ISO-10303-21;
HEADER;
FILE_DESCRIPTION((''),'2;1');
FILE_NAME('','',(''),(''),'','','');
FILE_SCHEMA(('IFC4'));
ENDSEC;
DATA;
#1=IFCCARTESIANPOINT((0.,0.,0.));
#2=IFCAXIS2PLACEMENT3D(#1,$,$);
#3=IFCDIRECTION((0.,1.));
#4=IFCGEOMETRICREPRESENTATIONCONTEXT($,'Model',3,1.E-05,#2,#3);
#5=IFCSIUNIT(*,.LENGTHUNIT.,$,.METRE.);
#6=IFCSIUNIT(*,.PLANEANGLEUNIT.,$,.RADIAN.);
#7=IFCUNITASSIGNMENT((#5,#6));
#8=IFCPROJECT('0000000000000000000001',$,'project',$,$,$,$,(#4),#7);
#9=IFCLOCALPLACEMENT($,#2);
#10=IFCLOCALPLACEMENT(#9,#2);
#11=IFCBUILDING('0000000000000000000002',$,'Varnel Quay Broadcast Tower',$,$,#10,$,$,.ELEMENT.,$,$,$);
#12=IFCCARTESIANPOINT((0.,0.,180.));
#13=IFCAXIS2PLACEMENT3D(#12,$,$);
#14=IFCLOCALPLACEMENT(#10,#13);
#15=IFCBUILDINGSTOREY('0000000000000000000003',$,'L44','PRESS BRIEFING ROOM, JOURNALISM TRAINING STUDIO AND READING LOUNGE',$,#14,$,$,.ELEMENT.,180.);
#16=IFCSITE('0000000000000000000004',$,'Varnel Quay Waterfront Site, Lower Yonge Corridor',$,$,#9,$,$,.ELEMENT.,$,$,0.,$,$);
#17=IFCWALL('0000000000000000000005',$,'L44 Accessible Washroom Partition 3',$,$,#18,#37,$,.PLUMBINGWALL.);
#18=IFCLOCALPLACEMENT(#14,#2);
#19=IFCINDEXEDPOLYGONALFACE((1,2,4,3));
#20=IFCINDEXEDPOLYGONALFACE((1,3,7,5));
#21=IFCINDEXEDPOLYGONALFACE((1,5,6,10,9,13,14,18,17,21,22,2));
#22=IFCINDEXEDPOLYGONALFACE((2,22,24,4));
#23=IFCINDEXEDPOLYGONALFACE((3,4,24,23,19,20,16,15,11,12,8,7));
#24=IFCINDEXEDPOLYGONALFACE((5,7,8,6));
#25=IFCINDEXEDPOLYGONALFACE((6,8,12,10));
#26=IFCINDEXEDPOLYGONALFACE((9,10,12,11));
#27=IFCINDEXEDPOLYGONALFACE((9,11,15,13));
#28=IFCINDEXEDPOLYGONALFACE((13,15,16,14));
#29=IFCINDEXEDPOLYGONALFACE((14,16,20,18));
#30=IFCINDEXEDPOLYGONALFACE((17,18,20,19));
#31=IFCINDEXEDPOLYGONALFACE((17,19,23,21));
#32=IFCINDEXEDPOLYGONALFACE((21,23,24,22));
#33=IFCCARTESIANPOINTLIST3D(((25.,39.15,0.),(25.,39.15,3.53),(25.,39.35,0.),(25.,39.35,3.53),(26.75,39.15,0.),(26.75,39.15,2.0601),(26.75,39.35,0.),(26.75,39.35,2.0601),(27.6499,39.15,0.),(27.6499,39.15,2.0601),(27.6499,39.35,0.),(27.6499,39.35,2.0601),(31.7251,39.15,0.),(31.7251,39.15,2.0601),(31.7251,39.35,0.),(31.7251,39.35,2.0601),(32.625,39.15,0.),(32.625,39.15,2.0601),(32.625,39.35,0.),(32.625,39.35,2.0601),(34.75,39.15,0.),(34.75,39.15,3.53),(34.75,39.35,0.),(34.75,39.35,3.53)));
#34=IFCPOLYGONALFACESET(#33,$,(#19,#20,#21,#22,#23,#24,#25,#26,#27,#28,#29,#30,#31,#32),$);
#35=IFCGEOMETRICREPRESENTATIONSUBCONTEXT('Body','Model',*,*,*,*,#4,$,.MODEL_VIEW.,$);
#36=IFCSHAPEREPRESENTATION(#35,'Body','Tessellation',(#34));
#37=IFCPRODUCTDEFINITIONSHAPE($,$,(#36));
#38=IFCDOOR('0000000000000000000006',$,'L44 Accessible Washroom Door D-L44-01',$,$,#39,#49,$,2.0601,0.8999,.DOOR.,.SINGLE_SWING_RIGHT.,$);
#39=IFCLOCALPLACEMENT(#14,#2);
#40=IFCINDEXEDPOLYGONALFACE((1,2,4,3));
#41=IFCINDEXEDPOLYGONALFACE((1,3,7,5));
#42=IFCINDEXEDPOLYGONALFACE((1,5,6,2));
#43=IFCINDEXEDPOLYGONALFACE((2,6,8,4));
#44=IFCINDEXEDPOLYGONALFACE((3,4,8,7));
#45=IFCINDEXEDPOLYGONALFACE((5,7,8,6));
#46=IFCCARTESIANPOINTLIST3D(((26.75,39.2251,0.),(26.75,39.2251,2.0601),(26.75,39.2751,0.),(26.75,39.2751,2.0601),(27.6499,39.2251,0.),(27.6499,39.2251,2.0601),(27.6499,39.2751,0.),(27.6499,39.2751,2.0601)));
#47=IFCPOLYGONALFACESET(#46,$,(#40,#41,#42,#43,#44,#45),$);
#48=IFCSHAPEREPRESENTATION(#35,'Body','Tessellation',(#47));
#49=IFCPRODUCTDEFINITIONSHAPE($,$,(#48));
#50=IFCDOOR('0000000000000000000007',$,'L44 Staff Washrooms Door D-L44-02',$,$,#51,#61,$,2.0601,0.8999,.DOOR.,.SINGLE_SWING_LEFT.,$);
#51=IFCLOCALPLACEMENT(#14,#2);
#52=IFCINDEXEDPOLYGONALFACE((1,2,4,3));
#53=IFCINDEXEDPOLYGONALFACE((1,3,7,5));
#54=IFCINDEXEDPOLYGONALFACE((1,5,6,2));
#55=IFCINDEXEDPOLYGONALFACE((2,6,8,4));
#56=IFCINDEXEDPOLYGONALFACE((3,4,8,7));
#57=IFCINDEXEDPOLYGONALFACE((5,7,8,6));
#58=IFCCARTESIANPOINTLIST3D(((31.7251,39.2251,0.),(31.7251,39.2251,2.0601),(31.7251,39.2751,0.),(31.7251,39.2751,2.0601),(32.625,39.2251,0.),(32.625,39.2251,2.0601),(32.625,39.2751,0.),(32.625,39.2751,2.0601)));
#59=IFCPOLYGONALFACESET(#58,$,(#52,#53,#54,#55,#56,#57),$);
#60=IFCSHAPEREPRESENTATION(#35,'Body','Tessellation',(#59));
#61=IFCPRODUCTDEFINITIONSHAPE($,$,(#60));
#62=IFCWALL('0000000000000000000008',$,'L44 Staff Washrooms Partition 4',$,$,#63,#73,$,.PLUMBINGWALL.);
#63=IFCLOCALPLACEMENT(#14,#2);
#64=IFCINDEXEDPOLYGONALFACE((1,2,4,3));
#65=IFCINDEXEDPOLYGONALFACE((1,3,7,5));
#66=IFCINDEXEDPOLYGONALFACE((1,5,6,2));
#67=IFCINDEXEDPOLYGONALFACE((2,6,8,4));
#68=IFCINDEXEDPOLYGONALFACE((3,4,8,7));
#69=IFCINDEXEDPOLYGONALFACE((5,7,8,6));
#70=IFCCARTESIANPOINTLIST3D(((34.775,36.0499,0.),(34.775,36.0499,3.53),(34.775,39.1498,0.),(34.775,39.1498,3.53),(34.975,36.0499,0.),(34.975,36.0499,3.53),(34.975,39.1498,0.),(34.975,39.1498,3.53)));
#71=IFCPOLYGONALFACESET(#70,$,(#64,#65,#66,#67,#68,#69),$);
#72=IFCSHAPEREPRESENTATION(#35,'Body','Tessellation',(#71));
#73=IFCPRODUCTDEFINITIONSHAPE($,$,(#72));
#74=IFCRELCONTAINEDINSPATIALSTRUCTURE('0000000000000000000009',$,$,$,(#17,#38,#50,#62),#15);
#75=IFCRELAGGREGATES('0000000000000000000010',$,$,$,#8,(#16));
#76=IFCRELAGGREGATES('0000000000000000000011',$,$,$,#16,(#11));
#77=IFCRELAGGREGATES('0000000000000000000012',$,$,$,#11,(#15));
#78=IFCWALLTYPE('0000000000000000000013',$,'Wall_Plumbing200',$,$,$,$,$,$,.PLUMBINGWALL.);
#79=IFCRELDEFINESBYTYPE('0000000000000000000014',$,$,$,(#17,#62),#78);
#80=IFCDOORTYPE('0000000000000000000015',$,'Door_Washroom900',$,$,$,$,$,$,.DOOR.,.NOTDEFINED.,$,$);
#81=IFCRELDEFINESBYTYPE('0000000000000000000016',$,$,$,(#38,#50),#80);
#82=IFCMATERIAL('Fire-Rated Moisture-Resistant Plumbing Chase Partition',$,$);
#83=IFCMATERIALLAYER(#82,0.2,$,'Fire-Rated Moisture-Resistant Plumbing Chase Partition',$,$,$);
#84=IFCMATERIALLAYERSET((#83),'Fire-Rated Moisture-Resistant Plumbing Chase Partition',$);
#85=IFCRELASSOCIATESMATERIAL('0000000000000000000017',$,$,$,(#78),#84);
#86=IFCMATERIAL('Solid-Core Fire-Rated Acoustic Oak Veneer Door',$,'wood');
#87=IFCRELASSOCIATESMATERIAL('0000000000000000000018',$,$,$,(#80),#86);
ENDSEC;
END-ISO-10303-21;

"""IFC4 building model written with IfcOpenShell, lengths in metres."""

from ifc_helpers import new_model, si_unit, direction, frame, frame_2d, origin, place, context, subcontext, project, spatial, rectangle, extrude, source, transform, mapped, material, layer, layer_set, type_object, type_shapes, element, fill, save


model = new_model("IFC4")

# Units and contexts
model_context = context("Model", 3, precision=1e-05, world=origin(), true_north=direction((0.0, 1.0)))
body_context = subcontext(model_context, "Body", "Model", "MODEL_VIEW")
ifc_project = project(units=[si_unit("LENGTHUNIT", "METRE"), si_unit("PLANEANGLEUNIT", "RADIAN")], contexts=[model_context])

# Site, building, storey
site_placement = place(None, origin())
site = spatial("IfcSite", under=ifc_project, at=site_placement, Name="Varnel Quay Waterfront Site, Lower Yonge Corridor", CompositionType="ELEMENT", RefElevation=0.0)
building_placement = place(site_placement, origin())
building = spatial("IfcBuilding", under=site, at=building_placement, Name="Varnel Quay Broadcast Tower", CompositionType="ELEMENT")
storey_placement = place(building_placement, frame((0.0, 0.0, 180.0)))
storey = spatial("IfcBuildingStorey", under=building, at=storey_placement, Name="L44", Description="PRESS BRIEFING ROOM, JOURNALISM TRAINING STUDIO AND READING LOUNGE", CompositionType="ELEMENT", Elevation=180.0)

# Shared definitions
ifc_material_1 = material(Name="Fire-Rated Moisture-Resistant Plumbing Chase Partition")
ifc_layer_1 = layer(ifc_material_1, 0.2, Name="Fire-Rated Moisture-Resistant Plumbing Chase Partition")
ifc_layer_set_1 = layer_set([ifc_layer_1], Name="Fire-Rated Moisture-Resistant Plumbing Chase Partition")
wall_type_1 = type_object("IfcWallType", Name="Wall_Plumbing200", PredefinedType="PLUMBINGWALL", material=ifc_layer_set_1)

# Wall, openings, doors
wall_1_placement = place(storey_placement, frame((25.0, 39.25, 0.0), z_axis=(0.0, 0.0, 1.0), x_axis=(1.0, 0.0, 0.0)))
wall_1 = element("IfcWall", 1, at=wall_1_placement, inside=storey, type_object=wall_type_1, Name="L44 Accessible Washroom Partition 3", PredefinedType="PLUMBINGWALL", context=body_context, shape_type="SweptSolid", body=[
    extrude(rectangle(XDim=9.75, YDim=0.2, at=frame_2d((4.875, 0.0))), origin(), (0.0, 0.0, 1.0), 3.53),
])
opening_1_placement = place(wall_1_placement, frame((1.75, 0.0, 0.0)))
opening_1 = element("IfcOpeningElement", 2, at=opening_1_placement, cuts=wall_1, PredefinedType="OPENING", context=body_context, shape_type="SweptSolid", body=[
    extrude(rectangle(XDim=0.8999, YDim=2.0601, at=frame_2d((0.45, 1.03))), frame((0.0, 0.1099, 0.0), z_axis=(0.0, -1.0, 0.0), x_axis=(1.0, 0.0, 0.0)), (0.0, 0.0, 1.0), 0.22),
])
opening_2_placement = place(wall_1_placement, frame((6.7251, 0.0, 0.0)))
opening_2 = element("IfcOpeningElement", 3, at=opening_2_placement, cuts=wall_1, PredefinedType="OPENING", context=body_context, shape_type="SweptSolid", body=[
    extrude(rectangle(XDim=0.8999, YDim=2.0601, at=frame_2d((0.45, 1.03))), frame((0.0, 0.1099, 0.0), z_axis=(0.0, -1.0, 0.0), x_axis=(1.0, 0.0, 0.0)), (0.0, 0.0, 1.0), 0.22),
])
ifc_material_2 = material(Name="Solid-Core Fire-Rated Acoustic Oak Veneer Door", Category="wood")
door_type_1 = type_object("IfcDoorType", Name="Door_Washroom900", OperationType="NOTDEFINED", PredefinedType="DOOR", material=ifc_material_2)
shared_shape_1 = source(origin(), body_context, "Body", "SweptSolid", [
    extrude(rectangle(XDim=0.8999, YDim=2.0601, at=frame_2d((0.45, 1.03))), frame((0.0, 0.0249, 0.0), z_axis=(0.0, -1.0, 0.0), x_axis=(1.0, 0.0, 0.0)), (0.0, 0.0, 1.0), 0.05),
])
type_shapes(door_type_1, [shared_shape_1])
door_1_placement = place(opening_1_placement, frame((0.8999, 0.0, 0.0), z_axis=(0.0, 0.0, 1.0), x_axis=(-1.0, 0.0, 0.0)))
door_1 = element("IfcDoor", 4, at=door_1_placement, inside=storey, type_object=door_type_1, Name="L44 Accessible Washroom Door D-L44-01", OperationType="SINGLE_SWING_RIGHT", OverallHeight=2.0601, OverallWidth=0.8999, PredefinedType="DOOR", context=body_context, shape_type="MappedRepresentation", body=[
    mapped(shared_shape_1, transform((0.0, 0.0, 0.0), x_axis=(1.0, 0.0, 0.0), y_axis=(0.0, 1.0, 0.0), z_axis=(0.0, 0.0, 1.0), scale=1.0)),
])
fill(opening_1, door_1)
door_2_placement = place(opening_2_placement, frame((0.8999, 0.0, 0.0), z_axis=(0.0, 0.0, 1.0), x_axis=(-1.0, 0.0, 0.0)))
door_2 = element("IfcDoor", 5, at=door_2_placement, inside=storey, type_object=door_type_1, Name="L44 Staff Washrooms Door D-L44-02", OperationType="SINGLE_SWING_LEFT", OverallHeight=2.0601, OverallWidth=0.8999, PredefinedType="DOOR", context=body_context, shape_type="MappedRepresentation", body=[
    mapped(shared_shape_1, transform((0.0, 0.0, 0.0), x_axis=(1.0, 0.0, 0.0), y_axis=(0.0, 1.0, 0.0), z_axis=(0.0, 0.0, 1.0), scale=1.0)),
])
fill(opening_2, door_2)

# Wall
wall_2_placement = place(storey_placement, frame((34.875, 36.05, 0.0), z_axis=(0.0, 0.0, 1.0), x_axis=(0.0, 1.0, 0.0)))
element("IfcWall", 6, at=wall_2_placement, inside=storey, type_object=wall_type_1, Name="L44 Staff Washrooms Partition 4", PredefinedType="PLUMBINGWALL", context=body_context, shape_type="SweptSolid", body=[
    extrude(rectangle(XDim=3.0999, YDim=0.2, at=frame_2d((1.5498, 0.0))), origin(), (0.0, 0.0, 1.0), 3.53),
])

save(model, "model.ifc")
